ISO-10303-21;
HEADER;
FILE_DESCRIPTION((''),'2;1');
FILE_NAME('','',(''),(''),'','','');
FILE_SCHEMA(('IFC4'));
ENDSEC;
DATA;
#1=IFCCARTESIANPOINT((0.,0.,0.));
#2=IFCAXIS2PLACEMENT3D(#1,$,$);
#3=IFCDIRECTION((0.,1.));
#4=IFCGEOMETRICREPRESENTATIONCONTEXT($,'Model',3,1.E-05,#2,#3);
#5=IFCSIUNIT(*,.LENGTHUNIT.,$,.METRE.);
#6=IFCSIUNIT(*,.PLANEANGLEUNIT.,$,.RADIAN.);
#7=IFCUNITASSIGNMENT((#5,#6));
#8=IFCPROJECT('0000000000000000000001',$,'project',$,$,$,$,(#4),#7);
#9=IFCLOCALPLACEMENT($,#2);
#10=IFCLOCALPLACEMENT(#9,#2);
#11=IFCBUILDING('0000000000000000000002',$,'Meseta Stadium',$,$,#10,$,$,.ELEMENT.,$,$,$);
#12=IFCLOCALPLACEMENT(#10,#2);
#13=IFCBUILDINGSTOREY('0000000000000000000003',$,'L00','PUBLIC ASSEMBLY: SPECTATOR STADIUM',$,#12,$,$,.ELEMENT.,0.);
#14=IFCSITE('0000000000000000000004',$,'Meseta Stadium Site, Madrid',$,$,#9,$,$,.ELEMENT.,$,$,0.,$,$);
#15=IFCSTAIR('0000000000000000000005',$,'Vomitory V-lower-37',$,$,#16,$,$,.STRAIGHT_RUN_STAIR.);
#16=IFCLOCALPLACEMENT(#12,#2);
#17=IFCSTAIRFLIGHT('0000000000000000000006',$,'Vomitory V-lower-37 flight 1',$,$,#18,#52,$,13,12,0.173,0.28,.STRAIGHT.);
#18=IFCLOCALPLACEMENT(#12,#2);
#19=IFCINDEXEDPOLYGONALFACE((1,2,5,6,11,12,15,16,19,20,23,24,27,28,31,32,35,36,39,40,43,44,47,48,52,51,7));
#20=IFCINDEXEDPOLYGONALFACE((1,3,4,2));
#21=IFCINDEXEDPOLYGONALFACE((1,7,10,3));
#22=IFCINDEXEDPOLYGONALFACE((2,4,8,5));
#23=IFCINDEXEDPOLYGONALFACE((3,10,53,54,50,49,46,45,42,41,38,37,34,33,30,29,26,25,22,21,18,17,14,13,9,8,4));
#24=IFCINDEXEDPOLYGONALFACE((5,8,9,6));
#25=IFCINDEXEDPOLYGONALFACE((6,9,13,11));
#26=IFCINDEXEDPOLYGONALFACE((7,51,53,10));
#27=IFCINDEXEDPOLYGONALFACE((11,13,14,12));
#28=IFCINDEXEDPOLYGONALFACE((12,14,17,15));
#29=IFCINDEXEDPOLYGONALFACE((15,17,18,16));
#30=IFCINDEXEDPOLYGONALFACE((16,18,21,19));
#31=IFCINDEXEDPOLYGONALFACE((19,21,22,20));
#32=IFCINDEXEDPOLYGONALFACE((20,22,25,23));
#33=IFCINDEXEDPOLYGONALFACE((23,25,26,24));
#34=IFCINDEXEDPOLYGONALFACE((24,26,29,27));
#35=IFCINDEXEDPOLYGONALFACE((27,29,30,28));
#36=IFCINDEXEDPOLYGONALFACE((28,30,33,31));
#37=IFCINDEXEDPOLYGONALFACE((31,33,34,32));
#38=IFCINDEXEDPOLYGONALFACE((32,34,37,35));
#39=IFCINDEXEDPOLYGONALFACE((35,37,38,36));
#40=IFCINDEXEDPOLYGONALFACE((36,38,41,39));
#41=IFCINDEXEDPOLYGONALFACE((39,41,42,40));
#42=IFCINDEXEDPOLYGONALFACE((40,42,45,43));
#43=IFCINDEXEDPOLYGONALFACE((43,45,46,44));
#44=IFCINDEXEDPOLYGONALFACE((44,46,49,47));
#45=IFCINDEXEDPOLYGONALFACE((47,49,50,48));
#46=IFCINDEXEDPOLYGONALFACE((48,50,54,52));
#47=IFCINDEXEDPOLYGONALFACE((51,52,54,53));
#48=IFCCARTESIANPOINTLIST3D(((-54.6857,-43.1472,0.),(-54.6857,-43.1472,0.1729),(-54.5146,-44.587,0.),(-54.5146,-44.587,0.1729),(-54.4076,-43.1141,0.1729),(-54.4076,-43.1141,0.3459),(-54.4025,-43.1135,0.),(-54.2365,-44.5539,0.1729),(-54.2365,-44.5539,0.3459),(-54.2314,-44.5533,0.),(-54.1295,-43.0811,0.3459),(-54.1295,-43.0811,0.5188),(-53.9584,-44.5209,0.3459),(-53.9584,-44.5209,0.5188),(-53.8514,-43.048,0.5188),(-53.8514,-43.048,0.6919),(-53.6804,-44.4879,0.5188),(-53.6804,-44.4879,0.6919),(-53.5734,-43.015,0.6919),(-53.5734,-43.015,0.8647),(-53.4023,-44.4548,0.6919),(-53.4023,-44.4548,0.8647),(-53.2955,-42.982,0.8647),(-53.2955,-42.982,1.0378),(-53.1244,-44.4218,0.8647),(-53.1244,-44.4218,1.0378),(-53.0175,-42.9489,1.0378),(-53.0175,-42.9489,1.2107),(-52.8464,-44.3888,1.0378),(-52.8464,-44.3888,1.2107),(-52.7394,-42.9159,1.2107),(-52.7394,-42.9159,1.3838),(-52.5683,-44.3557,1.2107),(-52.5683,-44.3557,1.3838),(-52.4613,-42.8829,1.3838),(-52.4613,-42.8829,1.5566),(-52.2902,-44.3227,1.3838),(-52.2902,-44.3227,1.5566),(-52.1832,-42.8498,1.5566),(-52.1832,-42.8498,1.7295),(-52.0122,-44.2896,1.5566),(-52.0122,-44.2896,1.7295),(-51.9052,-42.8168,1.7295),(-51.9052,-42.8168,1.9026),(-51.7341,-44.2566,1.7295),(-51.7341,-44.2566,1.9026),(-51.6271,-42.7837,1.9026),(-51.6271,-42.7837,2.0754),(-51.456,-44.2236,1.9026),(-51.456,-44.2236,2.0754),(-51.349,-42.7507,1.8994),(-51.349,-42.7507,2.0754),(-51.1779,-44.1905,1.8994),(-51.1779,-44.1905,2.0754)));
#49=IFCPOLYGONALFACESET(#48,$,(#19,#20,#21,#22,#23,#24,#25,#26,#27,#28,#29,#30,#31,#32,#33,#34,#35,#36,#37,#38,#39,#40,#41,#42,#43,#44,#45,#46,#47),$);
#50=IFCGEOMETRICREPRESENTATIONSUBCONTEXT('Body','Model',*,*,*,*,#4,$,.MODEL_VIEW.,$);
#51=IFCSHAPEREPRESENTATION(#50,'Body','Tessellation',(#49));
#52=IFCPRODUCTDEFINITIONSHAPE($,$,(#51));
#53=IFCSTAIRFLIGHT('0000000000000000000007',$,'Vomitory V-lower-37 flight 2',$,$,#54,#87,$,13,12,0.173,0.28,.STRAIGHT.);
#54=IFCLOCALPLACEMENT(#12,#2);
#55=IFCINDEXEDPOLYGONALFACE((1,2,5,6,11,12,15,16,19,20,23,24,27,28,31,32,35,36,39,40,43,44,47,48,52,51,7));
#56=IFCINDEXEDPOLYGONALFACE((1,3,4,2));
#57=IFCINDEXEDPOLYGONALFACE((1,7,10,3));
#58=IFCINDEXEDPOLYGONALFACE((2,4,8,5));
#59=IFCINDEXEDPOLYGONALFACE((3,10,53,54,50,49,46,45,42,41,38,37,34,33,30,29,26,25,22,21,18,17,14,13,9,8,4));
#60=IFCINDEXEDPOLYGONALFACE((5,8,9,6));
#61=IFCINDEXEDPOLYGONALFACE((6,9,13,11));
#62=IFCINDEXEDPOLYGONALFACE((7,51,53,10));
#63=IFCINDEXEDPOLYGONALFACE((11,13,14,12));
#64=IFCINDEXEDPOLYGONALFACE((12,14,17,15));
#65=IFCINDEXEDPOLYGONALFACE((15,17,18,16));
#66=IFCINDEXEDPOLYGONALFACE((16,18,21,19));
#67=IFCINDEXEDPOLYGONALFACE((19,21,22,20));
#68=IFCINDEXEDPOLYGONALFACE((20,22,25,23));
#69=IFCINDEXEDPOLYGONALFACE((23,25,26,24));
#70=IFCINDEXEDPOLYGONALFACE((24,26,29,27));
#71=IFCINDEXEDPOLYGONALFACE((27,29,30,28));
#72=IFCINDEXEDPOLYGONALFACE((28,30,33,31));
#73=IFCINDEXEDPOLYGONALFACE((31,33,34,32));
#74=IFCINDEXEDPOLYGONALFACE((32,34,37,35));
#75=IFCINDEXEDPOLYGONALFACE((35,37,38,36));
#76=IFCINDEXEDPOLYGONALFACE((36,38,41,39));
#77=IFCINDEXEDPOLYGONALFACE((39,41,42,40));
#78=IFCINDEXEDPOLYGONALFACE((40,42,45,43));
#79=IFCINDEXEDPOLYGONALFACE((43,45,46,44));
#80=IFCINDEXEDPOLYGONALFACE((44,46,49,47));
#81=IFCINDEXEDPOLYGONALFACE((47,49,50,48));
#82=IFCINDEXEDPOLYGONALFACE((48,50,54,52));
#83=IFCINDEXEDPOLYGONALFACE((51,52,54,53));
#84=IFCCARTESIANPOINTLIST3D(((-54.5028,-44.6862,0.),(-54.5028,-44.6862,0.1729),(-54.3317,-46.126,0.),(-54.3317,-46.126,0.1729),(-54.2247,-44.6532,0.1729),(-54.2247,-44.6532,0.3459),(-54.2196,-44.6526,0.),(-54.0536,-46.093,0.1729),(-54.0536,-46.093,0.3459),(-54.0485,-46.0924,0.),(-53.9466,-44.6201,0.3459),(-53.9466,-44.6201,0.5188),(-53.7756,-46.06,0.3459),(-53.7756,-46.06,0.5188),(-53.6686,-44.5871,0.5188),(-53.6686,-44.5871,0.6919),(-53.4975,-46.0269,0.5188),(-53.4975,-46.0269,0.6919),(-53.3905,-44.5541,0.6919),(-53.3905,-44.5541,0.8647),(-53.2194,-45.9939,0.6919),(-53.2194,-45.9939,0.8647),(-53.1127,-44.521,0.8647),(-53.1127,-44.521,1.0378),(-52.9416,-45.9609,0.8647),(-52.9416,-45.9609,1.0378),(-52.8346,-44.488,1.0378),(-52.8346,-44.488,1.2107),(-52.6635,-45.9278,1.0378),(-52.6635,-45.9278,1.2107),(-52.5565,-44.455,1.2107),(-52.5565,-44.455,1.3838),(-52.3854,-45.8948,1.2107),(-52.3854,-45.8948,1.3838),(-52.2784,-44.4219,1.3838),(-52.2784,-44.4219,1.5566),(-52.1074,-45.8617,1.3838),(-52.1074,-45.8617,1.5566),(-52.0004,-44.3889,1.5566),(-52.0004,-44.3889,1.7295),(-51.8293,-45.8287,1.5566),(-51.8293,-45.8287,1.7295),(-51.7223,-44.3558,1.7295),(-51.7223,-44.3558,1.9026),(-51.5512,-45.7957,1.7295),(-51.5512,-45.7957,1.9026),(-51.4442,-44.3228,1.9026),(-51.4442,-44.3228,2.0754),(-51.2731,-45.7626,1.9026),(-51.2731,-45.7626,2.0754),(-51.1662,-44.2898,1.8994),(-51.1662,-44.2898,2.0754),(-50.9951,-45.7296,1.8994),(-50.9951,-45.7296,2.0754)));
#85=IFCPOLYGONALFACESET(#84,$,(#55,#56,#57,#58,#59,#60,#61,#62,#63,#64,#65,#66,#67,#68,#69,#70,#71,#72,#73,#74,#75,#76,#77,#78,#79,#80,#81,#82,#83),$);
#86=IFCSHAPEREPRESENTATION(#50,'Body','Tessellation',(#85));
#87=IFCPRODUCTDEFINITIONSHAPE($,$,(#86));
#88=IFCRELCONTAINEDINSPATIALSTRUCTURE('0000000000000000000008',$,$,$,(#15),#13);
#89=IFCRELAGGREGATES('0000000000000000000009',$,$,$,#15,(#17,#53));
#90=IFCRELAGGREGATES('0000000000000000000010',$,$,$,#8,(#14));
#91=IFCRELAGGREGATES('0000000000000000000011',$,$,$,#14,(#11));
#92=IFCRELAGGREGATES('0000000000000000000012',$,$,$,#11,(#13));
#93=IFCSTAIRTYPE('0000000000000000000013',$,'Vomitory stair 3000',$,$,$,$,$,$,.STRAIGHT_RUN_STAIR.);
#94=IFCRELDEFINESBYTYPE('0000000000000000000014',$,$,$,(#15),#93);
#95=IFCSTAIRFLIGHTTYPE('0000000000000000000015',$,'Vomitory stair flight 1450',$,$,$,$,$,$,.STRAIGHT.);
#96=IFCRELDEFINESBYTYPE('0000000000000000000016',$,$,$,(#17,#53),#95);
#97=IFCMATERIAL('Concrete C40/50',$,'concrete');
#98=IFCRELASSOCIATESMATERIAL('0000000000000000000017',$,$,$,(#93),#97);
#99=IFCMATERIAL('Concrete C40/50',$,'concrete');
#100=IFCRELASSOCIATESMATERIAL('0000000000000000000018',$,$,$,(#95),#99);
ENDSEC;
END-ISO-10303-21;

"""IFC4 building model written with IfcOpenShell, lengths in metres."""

from ifc_helpers import new_model, si_unit, direction, frame, origin, place, context, subcontext, project, spatial, polyline, outline, extrude, material, type_object, element, aggregate, save


model = new_model("IFC4")

# Units and contexts
model_context = context("Model", 3, precision=1e-05, world=origin(), true_north=direction((0.0, 1.0)))
body_context = subcontext(model_context, "Body", "Model", "MODEL_VIEW")
ifc_project = project(units=[si_unit("LENGTHUNIT", "METRE"), si_unit("PLANEANGLEUNIT", "RADIAN")], contexts=[model_context])

# Site, building, storey
site_placement = place(None, origin())
site = spatial("IfcSite", under=ifc_project, at=site_placement, Name="Meseta Stadium Site, Madrid", CompositionType="ELEMENT", RefElevation=0.0)
building_placement = place(site_placement, origin())
building = spatial("IfcBuilding", under=site, at=building_placement, Name="Meseta Stadium", CompositionType="ELEMENT")
storey_placement = place(building_placement, origin())
storey = spatial("IfcBuildingStorey", under=building, at=storey_placement, Name="L00", Description="PUBLIC ASSEMBLY: SPECTATOR STADIUM", CompositionType="ELEMENT", Elevation=0.0)

# Stair, stair flights
ifc_material_1 = material(Name="Concrete C40/50", Category="concrete")
stair_type = type_object("IfcStairType", Name="Vomitory stair 3000", PredefinedType="STRAIGHT_RUN_STAIR", material=ifc_material_1)
ifc_material_2 = material(Name="Concrete C40/50", Category="concrete")
stair_flight_type = type_object("IfcStairFlightType", Name="Vomitory stair flight 1450", PredefinedType="STRAIGHT", material=ifc_material_2)
stair_1_placement = place(storey_placement, origin())
stair_1 = element("IfcStair", 1, at=stair_1_placement, inside=storey, type_object=stair_type, Name="Vomitory V-lower-37", PredefinedType="STRAIGHT_RUN_STAIR")
stair_flight_1_placement = place(storey_placement, frame((-54.6001, -43.8672, 0.0), z_axis=(0.0, 0.0, 1.0), x_axis=(0.993015, 0.117988, 0.0)))
stair_flight_1 = element("IfcStairFlight", 2, at=stair_flight_1_placement, type_object=stair_flight_type, Name="Vomitory V-lower-37 flight 1", NumberOfRisers=13, NumberOfTreads=12, PredefinedType="STRAIGHT", RiserHeight=0.173, TreadLength=0.28, context=body_context, shape_type="SweptSolid", body=[
    extrude(outline(polyline([(0.0, 0.0), (0.0, 0.1729), (0.28, 0.1729), (0.28, 0.3459), (0.5601, 0.3459), (0.5601, 0.5188), (0.8401, 0.5188), (0.8401, 0.6919), (1.1201, 0.6919), (1.1201, 0.8647), (1.3999, 0.8647), (1.3999, 1.0378), (1.6799, 1.0378), (1.6799, 1.2107), (1.96, 1.2107), (1.96, 1.3838), (2.24, 1.3838), (2.24, 1.5566), (2.52, 1.5566), (2.52, 1.7295), (2.8, 1.7295), (2.8, 1.9026), (3.0801, 1.9026), (3.0801, 2.0754), (3.3601, 2.0754), (3.3601, 1.8994), (0.2852, 0.0), (0.0, 0.0)])), frame((0.0, 0.7251, 0.0), z_axis=(0.0, -1.0, 0.0), x_axis=(1.0, 0.0, 0.0)), (0.0, 0.0, 1.0), 1.45),
])
stair_flight_2_placement = place(storey_placement, frame((-54.4172, -45.4062, 0.0), z_axis=(0.0, 0.0, 1.0), x_axis=(0.993015, 0.117988, 0.0)))
stair_flight_2 = element("IfcStairFlight", 3, at=stair_flight_2_placement, type_object=stair_flight_type, Name="Vomitory V-lower-37 flight 2", NumberOfRisers=13, NumberOfTreads=12, PredefinedType="STRAIGHT", RiserHeight=0.173, TreadLength=0.28, context=body_context, shape_type="SweptSolid", body=[
    extrude(outline(polyline([(0.0, 0.0), (0.0, 0.1729), (0.28, 0.1729), (0.28, 0.3459), (0.5601, 0.3459), (0.5601, 0.5188), (0.8401, 0.5188), (0.8401, 0.6919), (1.1201, 0.6919), (1.1201, 0.8647), (1.3999, 0.8647), (1.3999, 1.0378), (1.6799, 1.0378), (1.6799, 1.2107), (1.96, 1.2107), (1.96, 1.3838), (2.24, 1.3838), (2.24, 1.5566), (2.52, 1.5566), (2.52, 1.7295), (2.8, 1.7295), (2.8, 1.9026), (3.0801, 1.9026), (3.0801, 2.0754), (3.3601, 2.0754), (3.3601, 1.8994), (0.2852, 0.0), (0.0, 0.0)])), frame((0.0, 0.7251, 0.0), z_axis=(0.0, -1.0, 0.0), x_axis=(1.0, 0.0, 0.0)), (0.0, 0.0, 1.0), 1.45),
])
aggregate(stair_1, [stair_flight_1, stair_flight_2])

save(model, "model.ifc")
